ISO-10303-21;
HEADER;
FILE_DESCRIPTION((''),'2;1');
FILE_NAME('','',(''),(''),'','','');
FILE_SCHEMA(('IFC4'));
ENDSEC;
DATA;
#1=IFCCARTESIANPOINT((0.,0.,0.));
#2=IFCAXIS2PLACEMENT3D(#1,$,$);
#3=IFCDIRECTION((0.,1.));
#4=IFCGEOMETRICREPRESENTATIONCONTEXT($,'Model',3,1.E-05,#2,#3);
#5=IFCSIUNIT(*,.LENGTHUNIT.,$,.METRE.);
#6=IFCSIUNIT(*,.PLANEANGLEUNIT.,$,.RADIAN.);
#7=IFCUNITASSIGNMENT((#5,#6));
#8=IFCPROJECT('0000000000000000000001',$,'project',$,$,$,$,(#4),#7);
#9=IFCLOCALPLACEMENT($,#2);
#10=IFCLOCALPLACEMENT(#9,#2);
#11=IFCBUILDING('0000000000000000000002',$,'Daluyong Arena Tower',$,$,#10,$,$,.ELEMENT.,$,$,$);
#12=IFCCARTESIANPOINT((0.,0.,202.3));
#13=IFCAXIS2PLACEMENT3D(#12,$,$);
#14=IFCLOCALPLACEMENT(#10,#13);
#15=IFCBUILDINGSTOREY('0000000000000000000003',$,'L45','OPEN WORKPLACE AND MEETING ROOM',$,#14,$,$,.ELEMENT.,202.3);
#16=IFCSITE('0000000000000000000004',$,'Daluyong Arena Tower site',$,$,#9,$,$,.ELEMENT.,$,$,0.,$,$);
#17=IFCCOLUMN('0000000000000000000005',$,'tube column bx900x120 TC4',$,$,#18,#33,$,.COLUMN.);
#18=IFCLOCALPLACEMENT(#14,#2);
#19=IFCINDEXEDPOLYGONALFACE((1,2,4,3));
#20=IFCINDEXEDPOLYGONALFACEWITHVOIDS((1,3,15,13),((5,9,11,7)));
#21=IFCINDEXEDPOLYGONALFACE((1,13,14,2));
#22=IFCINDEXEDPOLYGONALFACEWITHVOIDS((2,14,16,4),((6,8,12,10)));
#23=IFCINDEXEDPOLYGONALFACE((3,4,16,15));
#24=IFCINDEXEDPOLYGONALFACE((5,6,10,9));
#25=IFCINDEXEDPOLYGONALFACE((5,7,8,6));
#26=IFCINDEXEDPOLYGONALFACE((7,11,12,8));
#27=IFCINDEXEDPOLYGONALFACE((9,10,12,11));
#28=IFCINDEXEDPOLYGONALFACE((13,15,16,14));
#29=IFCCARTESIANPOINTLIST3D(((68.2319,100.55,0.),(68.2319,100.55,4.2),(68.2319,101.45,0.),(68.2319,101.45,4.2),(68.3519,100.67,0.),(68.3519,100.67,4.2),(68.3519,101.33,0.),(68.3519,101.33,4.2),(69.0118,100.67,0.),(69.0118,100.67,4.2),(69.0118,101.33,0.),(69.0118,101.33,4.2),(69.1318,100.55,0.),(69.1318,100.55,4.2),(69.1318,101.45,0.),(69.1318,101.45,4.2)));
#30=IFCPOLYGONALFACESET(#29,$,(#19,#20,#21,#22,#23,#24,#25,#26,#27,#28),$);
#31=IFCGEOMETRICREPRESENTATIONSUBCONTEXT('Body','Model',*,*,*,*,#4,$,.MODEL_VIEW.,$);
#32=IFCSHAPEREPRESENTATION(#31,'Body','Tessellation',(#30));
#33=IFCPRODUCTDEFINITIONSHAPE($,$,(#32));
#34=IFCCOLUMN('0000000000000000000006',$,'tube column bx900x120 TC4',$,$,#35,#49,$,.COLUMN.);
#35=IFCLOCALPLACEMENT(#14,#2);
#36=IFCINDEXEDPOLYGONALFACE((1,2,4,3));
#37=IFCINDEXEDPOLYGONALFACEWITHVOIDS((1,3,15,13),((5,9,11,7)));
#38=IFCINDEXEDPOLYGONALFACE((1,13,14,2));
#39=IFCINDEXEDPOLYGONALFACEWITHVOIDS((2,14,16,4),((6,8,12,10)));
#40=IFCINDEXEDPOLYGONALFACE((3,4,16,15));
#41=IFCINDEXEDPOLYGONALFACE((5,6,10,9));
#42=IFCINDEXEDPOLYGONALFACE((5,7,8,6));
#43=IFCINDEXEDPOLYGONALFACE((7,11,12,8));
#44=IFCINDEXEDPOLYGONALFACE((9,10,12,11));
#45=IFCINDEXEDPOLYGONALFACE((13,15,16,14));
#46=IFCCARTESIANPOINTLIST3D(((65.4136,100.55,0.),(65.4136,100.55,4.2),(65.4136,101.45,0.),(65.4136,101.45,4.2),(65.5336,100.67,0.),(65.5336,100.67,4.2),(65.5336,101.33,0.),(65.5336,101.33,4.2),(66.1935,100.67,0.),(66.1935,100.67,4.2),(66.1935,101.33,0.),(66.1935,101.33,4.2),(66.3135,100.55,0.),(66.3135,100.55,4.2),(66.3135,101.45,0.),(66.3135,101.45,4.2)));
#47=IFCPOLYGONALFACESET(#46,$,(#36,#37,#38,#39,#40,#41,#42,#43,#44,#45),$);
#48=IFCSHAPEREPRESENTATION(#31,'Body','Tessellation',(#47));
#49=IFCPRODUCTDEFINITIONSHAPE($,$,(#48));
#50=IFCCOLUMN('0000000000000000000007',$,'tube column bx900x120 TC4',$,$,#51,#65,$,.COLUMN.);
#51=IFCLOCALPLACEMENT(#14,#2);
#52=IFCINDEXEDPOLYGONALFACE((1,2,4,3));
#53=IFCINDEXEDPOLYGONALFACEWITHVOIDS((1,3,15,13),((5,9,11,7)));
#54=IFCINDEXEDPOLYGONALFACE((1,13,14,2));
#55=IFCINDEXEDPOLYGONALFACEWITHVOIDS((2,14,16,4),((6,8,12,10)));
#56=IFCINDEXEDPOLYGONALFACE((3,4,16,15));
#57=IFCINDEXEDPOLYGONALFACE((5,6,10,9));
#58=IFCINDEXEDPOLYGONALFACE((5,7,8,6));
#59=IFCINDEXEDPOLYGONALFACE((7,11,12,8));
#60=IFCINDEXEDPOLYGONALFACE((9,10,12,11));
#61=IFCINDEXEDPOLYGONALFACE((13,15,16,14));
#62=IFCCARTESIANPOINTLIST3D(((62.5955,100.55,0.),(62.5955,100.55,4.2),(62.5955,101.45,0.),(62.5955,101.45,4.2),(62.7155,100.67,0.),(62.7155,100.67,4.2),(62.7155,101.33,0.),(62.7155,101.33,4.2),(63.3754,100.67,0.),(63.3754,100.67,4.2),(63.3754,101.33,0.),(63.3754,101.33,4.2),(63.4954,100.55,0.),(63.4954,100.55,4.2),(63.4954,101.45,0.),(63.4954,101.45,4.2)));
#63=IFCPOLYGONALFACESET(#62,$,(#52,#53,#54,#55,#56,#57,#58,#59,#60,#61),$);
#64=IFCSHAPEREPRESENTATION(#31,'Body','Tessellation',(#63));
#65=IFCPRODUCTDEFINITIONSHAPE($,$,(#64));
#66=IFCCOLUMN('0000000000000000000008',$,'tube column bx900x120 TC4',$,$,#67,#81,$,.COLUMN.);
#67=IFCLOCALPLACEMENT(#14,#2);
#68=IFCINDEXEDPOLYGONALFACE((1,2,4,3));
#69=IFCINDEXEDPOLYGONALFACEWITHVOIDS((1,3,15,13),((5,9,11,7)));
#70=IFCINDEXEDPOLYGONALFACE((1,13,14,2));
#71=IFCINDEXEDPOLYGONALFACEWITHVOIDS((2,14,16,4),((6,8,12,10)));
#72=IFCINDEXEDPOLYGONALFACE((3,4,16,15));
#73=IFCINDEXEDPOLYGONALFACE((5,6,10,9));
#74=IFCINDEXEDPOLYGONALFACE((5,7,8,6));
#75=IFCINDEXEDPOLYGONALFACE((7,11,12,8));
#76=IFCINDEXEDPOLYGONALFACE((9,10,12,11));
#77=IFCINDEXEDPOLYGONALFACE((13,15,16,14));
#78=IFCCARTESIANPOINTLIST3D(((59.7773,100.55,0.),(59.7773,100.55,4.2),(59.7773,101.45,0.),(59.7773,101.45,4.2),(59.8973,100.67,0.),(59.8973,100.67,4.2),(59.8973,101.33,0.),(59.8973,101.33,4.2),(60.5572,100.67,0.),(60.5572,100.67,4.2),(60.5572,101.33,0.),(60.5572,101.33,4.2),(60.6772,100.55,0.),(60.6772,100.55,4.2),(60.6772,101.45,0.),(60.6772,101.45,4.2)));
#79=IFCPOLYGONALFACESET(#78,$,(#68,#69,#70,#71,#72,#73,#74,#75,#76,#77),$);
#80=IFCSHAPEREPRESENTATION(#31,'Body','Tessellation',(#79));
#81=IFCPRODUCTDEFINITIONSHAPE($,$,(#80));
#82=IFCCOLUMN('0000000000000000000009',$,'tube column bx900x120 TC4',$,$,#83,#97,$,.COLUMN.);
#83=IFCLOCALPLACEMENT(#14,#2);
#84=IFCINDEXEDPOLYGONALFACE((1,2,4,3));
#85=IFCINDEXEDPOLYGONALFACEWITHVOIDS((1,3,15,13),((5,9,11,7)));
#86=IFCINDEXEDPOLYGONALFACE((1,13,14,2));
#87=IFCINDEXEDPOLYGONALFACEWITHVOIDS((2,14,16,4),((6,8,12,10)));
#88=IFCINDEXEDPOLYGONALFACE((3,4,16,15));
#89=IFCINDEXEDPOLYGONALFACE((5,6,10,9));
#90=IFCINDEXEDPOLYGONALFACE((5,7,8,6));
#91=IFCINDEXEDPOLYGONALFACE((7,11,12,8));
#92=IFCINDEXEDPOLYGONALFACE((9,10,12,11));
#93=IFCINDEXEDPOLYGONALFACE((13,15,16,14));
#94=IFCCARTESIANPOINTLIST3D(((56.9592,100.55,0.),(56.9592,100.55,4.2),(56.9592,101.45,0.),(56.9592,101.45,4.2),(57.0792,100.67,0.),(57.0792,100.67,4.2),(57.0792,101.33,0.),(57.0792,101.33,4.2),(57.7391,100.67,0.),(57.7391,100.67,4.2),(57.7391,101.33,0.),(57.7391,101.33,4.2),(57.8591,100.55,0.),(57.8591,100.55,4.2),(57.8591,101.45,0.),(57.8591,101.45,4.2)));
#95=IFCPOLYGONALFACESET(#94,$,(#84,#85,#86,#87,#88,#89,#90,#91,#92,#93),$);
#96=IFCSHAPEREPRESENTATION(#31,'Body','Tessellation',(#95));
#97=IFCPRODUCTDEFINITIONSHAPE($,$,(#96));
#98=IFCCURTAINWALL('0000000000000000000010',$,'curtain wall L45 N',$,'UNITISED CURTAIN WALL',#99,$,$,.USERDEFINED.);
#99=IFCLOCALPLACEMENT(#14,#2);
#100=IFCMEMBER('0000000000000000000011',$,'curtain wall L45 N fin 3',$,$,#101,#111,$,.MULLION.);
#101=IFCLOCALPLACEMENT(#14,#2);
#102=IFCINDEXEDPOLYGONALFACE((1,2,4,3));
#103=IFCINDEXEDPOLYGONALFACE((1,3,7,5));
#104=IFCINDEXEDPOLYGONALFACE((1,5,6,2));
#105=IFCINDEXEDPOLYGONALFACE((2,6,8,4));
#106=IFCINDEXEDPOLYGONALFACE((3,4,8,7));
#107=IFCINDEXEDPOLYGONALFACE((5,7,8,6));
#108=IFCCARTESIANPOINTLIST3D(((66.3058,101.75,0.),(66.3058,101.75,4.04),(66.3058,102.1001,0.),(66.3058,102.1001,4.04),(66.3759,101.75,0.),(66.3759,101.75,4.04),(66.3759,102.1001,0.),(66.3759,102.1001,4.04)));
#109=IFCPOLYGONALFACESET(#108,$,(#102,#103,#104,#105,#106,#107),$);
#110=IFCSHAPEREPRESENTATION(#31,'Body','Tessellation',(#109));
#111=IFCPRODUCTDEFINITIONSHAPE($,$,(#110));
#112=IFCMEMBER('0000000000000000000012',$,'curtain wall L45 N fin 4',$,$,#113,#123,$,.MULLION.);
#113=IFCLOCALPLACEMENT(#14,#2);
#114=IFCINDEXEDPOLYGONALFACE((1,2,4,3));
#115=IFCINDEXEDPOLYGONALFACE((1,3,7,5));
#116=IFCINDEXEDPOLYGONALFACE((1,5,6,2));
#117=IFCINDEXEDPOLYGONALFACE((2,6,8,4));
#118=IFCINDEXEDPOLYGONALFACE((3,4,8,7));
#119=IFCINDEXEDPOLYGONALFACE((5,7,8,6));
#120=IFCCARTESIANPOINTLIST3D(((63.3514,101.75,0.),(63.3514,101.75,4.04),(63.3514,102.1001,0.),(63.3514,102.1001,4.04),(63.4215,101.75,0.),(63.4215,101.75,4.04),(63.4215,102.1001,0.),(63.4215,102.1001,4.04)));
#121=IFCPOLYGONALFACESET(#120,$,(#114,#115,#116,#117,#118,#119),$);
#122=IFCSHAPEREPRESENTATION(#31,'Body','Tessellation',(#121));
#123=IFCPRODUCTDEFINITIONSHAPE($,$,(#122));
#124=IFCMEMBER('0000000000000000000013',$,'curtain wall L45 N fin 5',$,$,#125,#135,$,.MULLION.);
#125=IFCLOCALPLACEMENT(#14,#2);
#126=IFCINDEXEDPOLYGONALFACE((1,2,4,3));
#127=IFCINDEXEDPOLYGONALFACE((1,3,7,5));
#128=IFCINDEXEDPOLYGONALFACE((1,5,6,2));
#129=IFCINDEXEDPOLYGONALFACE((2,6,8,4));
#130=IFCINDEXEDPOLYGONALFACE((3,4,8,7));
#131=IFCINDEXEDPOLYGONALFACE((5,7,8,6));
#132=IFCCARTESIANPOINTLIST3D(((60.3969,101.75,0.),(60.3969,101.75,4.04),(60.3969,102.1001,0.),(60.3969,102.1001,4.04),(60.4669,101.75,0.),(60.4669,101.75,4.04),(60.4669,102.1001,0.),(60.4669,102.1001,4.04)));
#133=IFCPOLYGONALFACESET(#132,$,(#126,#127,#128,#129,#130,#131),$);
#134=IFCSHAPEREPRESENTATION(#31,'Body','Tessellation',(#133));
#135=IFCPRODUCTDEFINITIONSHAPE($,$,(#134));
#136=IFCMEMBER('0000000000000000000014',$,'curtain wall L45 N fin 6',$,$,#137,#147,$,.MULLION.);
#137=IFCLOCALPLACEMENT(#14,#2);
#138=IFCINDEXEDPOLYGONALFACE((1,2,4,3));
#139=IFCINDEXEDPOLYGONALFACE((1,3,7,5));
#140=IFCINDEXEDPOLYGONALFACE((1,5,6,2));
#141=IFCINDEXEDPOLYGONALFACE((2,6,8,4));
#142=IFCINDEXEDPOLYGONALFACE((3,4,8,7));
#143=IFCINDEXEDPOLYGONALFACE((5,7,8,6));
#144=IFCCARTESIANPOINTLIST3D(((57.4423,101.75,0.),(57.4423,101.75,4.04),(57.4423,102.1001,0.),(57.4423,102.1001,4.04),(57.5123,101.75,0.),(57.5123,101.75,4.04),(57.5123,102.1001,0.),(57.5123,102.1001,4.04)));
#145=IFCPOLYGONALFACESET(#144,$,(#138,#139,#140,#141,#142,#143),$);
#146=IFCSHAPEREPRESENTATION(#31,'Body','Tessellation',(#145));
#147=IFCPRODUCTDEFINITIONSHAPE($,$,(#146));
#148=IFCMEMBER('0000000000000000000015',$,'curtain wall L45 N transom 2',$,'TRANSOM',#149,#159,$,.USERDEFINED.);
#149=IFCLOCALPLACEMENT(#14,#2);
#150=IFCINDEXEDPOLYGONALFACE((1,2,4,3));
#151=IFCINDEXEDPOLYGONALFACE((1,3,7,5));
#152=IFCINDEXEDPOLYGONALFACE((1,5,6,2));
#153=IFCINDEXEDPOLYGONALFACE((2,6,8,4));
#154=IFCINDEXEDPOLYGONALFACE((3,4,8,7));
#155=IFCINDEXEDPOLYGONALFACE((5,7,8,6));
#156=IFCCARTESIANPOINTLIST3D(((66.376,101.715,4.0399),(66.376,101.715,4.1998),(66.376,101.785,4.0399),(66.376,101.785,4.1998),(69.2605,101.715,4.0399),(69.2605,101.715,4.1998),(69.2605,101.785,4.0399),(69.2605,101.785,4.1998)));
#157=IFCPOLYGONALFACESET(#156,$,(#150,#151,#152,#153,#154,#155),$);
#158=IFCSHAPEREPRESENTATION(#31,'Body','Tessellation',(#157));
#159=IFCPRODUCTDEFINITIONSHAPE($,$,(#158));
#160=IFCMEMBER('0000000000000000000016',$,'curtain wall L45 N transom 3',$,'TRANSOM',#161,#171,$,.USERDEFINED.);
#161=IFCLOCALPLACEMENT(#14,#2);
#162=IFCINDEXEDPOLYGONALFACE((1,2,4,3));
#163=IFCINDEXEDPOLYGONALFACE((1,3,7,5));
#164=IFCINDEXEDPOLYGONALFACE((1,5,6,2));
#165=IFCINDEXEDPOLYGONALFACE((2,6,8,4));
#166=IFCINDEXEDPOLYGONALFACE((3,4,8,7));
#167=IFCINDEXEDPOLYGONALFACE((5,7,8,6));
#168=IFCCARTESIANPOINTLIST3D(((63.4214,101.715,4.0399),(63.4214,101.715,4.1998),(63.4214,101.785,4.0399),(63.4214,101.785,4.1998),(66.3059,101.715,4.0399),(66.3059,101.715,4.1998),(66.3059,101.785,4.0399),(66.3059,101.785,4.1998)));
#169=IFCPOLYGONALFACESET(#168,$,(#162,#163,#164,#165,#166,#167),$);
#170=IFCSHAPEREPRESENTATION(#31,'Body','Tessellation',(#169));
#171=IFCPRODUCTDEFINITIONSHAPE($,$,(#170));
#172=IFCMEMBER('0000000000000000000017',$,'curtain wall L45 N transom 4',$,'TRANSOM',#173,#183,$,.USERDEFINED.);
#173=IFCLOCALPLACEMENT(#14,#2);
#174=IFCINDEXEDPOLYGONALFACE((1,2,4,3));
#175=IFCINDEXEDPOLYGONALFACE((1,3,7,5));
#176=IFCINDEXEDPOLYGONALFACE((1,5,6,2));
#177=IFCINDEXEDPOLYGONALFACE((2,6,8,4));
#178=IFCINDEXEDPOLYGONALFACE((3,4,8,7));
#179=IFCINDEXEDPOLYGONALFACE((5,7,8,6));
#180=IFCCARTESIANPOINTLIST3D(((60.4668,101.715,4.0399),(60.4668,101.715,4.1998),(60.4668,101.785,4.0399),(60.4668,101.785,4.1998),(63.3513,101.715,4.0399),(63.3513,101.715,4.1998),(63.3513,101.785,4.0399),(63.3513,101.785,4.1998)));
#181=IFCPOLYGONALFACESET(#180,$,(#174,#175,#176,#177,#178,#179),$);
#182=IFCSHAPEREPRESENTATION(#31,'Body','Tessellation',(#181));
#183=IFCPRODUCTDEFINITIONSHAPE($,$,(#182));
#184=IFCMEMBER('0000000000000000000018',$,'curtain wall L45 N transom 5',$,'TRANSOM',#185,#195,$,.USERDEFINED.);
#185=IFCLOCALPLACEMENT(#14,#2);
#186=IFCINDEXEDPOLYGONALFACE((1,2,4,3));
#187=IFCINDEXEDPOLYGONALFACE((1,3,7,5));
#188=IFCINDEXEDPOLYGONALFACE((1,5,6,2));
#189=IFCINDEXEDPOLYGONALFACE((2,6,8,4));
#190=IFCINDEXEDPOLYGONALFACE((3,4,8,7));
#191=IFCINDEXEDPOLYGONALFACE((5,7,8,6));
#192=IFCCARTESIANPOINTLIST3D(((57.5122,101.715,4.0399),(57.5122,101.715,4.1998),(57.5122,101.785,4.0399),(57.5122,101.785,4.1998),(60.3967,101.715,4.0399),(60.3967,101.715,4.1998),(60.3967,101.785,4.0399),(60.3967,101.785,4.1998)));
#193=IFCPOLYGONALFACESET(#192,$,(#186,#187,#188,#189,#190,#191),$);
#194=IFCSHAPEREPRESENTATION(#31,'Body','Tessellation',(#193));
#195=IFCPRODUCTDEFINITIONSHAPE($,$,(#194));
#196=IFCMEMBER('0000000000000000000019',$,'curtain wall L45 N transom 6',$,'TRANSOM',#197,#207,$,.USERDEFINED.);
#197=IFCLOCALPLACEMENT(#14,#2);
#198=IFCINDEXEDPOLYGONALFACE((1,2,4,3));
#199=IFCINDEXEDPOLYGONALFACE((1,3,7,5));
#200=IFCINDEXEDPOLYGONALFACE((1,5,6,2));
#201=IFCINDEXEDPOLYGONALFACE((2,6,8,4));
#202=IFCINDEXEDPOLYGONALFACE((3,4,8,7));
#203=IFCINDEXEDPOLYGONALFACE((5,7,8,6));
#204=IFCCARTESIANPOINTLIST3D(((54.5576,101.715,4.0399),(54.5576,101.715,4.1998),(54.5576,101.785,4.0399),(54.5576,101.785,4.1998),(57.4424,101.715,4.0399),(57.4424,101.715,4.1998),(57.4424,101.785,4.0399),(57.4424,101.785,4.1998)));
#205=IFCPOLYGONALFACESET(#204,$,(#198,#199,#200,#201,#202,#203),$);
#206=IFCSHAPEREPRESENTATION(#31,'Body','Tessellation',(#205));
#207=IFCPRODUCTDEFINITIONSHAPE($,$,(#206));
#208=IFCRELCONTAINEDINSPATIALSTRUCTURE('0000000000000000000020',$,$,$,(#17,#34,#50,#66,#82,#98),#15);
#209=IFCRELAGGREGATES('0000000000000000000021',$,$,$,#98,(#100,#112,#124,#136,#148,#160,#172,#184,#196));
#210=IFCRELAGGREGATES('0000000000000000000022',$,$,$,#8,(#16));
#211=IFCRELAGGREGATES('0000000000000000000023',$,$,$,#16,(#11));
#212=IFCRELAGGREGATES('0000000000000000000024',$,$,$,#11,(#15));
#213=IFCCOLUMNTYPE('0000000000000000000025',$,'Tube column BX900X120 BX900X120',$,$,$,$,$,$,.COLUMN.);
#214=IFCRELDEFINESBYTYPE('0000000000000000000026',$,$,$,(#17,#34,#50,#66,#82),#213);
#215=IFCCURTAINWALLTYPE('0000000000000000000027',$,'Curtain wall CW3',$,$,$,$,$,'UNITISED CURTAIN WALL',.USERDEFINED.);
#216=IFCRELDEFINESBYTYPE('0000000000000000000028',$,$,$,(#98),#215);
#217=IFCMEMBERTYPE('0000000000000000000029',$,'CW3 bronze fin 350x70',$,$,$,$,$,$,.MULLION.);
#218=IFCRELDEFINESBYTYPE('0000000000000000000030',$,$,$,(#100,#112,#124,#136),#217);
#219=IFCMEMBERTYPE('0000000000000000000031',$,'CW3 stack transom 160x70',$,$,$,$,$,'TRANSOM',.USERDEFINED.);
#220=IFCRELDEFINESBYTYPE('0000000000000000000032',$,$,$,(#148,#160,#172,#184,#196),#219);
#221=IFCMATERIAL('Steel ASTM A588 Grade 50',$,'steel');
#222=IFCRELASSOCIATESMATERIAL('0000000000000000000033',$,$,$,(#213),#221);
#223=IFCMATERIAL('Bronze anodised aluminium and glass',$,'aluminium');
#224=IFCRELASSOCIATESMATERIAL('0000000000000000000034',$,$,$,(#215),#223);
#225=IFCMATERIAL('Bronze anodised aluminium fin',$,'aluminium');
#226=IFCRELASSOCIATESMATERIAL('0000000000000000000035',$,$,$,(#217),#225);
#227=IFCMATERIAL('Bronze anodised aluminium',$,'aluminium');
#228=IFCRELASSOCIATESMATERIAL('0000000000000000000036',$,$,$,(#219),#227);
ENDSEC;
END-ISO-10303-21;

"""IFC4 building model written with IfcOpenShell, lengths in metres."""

from ifc_helpers import new_model, si_unit, direction, frame, origin, origin_2d, place, context, subcontext, project, spatial, rectangle, hollow_rectangle, extrude, material, material_profile, profile_set, type_object, element, aggregate, save


model = new_model("IFC4")

# Units and contexts
model_context = context("Model", 3, precision=1e-05, world=origin(), true_north=direction((0.0, 1.0)))
body_context = subcontext(model_context, "Body", "Model", "MODEL_VIEW")
ifc_project = project(units=[si_unit("LENGTHUNIT", "METRE"), si_unit("PLANEANGLEUNIT", "RADIAN")], contexts=[model_context])

# Site, building, storey
site_placement = place(None, origin())
site = spatial("IfcSite", under=ifc_project, at=site_placement, Name="Daluyong Arena Tower site", CompositionType="ELEMENT", RefElevation=0.0)
building_placement = place(site_placement, origin())
building = spatial("IfcBuilding", under=site, at=building_placement, Name="Daluyong Arena Tower", CompositionType="ELEMENT")
storey_placement = place(building_placement, frame((0.0, 0.0, 202.3)))
storey = spatial("IfcBuildingStorey", under=building, at=storey_placement, Name="L45", Description="OPEN WORKPLACE AND MEETING ROOM", CompositionType="ELEMENT", Elevation=202.3)

# Columns
ifc_material_1 = material(Name="Steel ASTM A588 Grade 50", Category="steel")
ifc_material_profile_1 = material_profile(ifc_material_1, hollow_rectangle(XDim=0.8999, YDim=0.8999, WallThickness=0.12, at=origin_2d()))
ifc_profile_set_1 = profile_set([ifc_material_profile_1], Name="Steel ASTM A588 Grade 50")
column_type = type_object("IfcColumnType", Name="Tube column BX900X120 BX900X120", PredefinedType="COLUMN", material=ifc_profile_set_1)
for number, where, z_axis, x_axis, name in (
    (1, (68.6819, 101.0, 0.0), (0.0, 0.0, 1.0), (1.0, 0.0, 0.0), "tube column bx900x120 TC4"),
    (2, (65.8635, 101.0, 0.0), (0.0, 0.0, 1.0), (1.0, 0.0, 0.0), "tube column bx900x120 TC4"),
    (3, (63.0454, 101.0, 0.0), (0.0, 0.0, 1.0), (1.0, 0.0, 0.0), "tube column bx900x120 TC4"),
    (4, (60.2273, 101.0, 0.0), (0.0, 0.0, 1.0), (1.0, 0.0, 0.0), "tube column bx900x120 TC4"),
    (5, (57.4092, 101.0, 0.0), (0.0, 0.0, 1.0), (1.0, 0.0, 0.0), "tube column bx900x120 TC4"),
):
    element("IfcColumn", number, at=place(storey_placement, frame(where, z_axis=z_axis, x_axis=x_axis)), inside=storey, type_object=column_type, Name=name, PredefinedType="COLUMN", context=body_context, shape_type="SweptSolid", body=[
        extrude(hollow_rectangle(XDim=0.8999, YDim=0.8999, WallThickness=0.12, at=origin_2d()), origin(), (0.0, 0.0, 1.0), 4.2),
    ])

# Curtain wall, members
ifc_material_2 = material(Name="Bronze anodised aluminium and glass", Category="aluminium")
curtain_wall_type = type_object("IfcCurtainWallType", Name="Curtain wall CW3", ElementType="UNITISED CURTAIN WALL", PredefinedType="USERDEFINED", material=ifc_material_2)
curtain_wall_placement = place(storey_placement, origin())
curtain_wall = element("IfcCurtainWall", 6, at=curtain_wall_placement, inside=storey, type_object=curtain_wall_type, Name="curtain wall L45 N", ObjectType="UNITISED CURTAIN WALL", PredefinedType="USERDEFINED")
ifc_material_3 = material(Name="Bronze anodised aluminium fin", Category="aluminium")
ifc_material_profile_2 = material_profile(ifc_material_3, rectangle(XDim=0.3501, YDim=0.0701, at=origin_2d()))
ifc_profile_set_2 = profile_set([ifc_material_profile_2], Name="Bronze anodised aluminium fin")
member_type_1 = type_object("IfcMemberType", Name="CW3 bronze fin 350x70", PredefinedType="MULLION", material=ifc_profile_set_2)
member_1_placement = place(storey_placement, frame((66.3408, 101.925, 0.0), z_axis=(0.0, 0.0, 1.0), x_axis=(0.0, -1.0, 0.0)))
member_1 = element("IfcMember", 7, at=member_1_placement, type_object=member_type_1, Name="curtain wall L45 N fin 3", PredefinedType="MULLION", context=body_context, shape_type="SweptSolid", body=[
    extrude(rectangle(XDim=0.3501, YDim=0.0701, at=origin_2d()), origin(), (0.0, 0.0, 1.0), 4.04),
])
member_2_placement = place(storey_placement, frame((63.3865, 101.925, 0.0), z_axis=(0.0, 0.0, 1.0), x_axis=(0.0, -1.0, 0.0)))
member_2 = element("IfcMember", 8, at=member_2_placement, type_object=member_type_1, Name="curtain wall L45 N fin 4", PredefinedType="MULLION", context=body_context, shape_type="SweptSolid", body=[
    extrude(rectangle(XDim=0.3501, YDim=0.0701, at=origin_2d()), origin(), (0.0, 0.0, 1.0), 4.04),
])
member_3_placement = place(storey_placement, frame((60.4319, 101.925, 0.0), z_axis=(0.0, 0.0, 1.0), x_axis=(0.0, -1.0, 0.0)))
member_3 = element("IfcMember", 9, at=member_3_placement, type_object=member_type_1, Name="curtain wall L45 N fin 5", PredefinedType="MULLION", context=body_context, shape_type="SweptSolid", body=[
    extrude(rectangle(XDim=0.3501, YDim=0.0701, at=origin_2d()), origin(), (0.0, 0.0, 1.0), 4.04),
])
member_4_placement = place(storey_placement, frame((57.4773, 101.925, 0.0), z_axis=(0.0, 0.0, 1.0), x_axis=(0.0, -1.0, 0.0)))
member_4 = element("IfcMember", 10, at=member_4_placement, type_object=member_type_1, Name="curtain wall L45 N fin 6", PredefinedType="MULLION", context=body_context, shape_type="SweptSolid", body=[
    extrude(rectangle(XDim=0.3501, YDim=0.0701, at=origin_2d()), origin(), (0.0, 0.0, 1.0), 4.04),
])
ifc_material_4 = material(Name="Bronze anodised aluminium", Category="aluminium")
ifc_material_profile_3 = material_profile(ifc_material_4, rectangle(XDim=0.0701, YDim=0.1599, at=origin_2d()))
ifc_profile_set_3 = profile_set([ifc_material_profile_3], Name="Bronze anodised aluminium")
member_type_2 = type_object("IfcMemberType", Name="CW3 stack transom 160x70", ElementType="TRANSOM", PredefinedType="USERDEFINED", material=ifc_profile_set_3)
member_5_placement = place(storey_placement, frame((69.2605, 101.75, 4.1199), z_axis=(-1.0, 0.0, 0.0), x_axis=(0.0, -1.0, 0.0)))
member_5 = element("IfcMember", 11, at=member_5_placement, type_object=member_type_2, Name="curtain wall L45 N transom 2", ObjectType="TRANSOM", PredefinedType="USERDEFINED", context=body_context, shape_type="SweptSolid", body=[
    extrude(rectangle(XDim=0.0701, YDim=0.1599, at=origin_2d()), origin(), (0.0, 0.0, 1.0), 2.8845),
])
member_6_placement = place(storey_placement, frame((66.3059, 101.75, 4.1199), z_axis=(-1.0, 0.0, 0.0), x_axis=(0.0, -1.0, 0.0)))
member_6 = element("IfcMember", 12, at=member_6_placement, type_object=member_type_2, Name="curtain wall L45 N transom 3", ObjectType="TRANSOM", PredefinedType="USERDEFINED", context=body_context, shape_type="SweptSolid", body=[
    extrude(rectangle(XDim=0.0701, YDim=0.1599, at=origin_2d()), origin(), (0.0, 0.0, 1.0), 2.8845),
])
member_7_placement = place(storey_placement, frame((63.3513, 101.75, 4.1199), z_axis=(-1.0, 0.0, 0.0), x_axis=(0.0, -1.0, 0.0)))
member_7 = element("IfcMember", 13, at=member_7_placement, type_object=member_type_2, Name="curtain wall L45 N transom 4", ObjectType="TRANSOM", PredefinedType="USERDEFINED", context=body_context, shape_type="SweptSolid", body=[
    extrude(rectangle(XDim=0.0701, YDim=0.1599, at=origin_2d()), origin(), (0.0, 0.0, 1.0), 2.8845),
])
member_8_placement = place(storey_placement, frame((60.3967, 101.75, 4.1199), z_axis=(-1.0, 0.0, 0.0), x_axis=(0.0, -1.0, 0.0)))
member_8 = element("IfcMember", 14, at=member_8_placement, type_object=member_type_2, Name="curtain wall L45 N transom 5", ObjectType="TRANSOM", PredefinedType="USERDEFINED", context=body_context, shape_type="SweptSolid", body=[
    extrude(rectangle(XDim=0.0701, YDim=0.1599, at=origin_2d()), origin(), (0.0, 0.0, 1.0), 2.8845),
])
member_9_placement = place(storey_placement, frame((57.4424, 101.75, 4.1199), z_axis=(-1.0, 0.0, 0.0), x_axis=(0.0, -1.0, 0.0)))
member_9 = element("IfcMember", 15, at=member_9_placement, type_object=member_type_2, Name="curtain wall L45 N transom 6", ObjectType="TRANSOM", PredefinedType="USERDEFINED", context=body_context, shape_type="SweptSolid", body=[
    extrude(rectangle(XDim=0.0701, YDim=0.1599, at=origin_2d()), origin(), (0.0, 0.0, 1.0), 2.8848),
])

aggregate(curtain_wall, [member_1, member_2, member_3, member_4, member_5, member_6, member_7, member_8, member_9])

save(model, "model.ifc")
